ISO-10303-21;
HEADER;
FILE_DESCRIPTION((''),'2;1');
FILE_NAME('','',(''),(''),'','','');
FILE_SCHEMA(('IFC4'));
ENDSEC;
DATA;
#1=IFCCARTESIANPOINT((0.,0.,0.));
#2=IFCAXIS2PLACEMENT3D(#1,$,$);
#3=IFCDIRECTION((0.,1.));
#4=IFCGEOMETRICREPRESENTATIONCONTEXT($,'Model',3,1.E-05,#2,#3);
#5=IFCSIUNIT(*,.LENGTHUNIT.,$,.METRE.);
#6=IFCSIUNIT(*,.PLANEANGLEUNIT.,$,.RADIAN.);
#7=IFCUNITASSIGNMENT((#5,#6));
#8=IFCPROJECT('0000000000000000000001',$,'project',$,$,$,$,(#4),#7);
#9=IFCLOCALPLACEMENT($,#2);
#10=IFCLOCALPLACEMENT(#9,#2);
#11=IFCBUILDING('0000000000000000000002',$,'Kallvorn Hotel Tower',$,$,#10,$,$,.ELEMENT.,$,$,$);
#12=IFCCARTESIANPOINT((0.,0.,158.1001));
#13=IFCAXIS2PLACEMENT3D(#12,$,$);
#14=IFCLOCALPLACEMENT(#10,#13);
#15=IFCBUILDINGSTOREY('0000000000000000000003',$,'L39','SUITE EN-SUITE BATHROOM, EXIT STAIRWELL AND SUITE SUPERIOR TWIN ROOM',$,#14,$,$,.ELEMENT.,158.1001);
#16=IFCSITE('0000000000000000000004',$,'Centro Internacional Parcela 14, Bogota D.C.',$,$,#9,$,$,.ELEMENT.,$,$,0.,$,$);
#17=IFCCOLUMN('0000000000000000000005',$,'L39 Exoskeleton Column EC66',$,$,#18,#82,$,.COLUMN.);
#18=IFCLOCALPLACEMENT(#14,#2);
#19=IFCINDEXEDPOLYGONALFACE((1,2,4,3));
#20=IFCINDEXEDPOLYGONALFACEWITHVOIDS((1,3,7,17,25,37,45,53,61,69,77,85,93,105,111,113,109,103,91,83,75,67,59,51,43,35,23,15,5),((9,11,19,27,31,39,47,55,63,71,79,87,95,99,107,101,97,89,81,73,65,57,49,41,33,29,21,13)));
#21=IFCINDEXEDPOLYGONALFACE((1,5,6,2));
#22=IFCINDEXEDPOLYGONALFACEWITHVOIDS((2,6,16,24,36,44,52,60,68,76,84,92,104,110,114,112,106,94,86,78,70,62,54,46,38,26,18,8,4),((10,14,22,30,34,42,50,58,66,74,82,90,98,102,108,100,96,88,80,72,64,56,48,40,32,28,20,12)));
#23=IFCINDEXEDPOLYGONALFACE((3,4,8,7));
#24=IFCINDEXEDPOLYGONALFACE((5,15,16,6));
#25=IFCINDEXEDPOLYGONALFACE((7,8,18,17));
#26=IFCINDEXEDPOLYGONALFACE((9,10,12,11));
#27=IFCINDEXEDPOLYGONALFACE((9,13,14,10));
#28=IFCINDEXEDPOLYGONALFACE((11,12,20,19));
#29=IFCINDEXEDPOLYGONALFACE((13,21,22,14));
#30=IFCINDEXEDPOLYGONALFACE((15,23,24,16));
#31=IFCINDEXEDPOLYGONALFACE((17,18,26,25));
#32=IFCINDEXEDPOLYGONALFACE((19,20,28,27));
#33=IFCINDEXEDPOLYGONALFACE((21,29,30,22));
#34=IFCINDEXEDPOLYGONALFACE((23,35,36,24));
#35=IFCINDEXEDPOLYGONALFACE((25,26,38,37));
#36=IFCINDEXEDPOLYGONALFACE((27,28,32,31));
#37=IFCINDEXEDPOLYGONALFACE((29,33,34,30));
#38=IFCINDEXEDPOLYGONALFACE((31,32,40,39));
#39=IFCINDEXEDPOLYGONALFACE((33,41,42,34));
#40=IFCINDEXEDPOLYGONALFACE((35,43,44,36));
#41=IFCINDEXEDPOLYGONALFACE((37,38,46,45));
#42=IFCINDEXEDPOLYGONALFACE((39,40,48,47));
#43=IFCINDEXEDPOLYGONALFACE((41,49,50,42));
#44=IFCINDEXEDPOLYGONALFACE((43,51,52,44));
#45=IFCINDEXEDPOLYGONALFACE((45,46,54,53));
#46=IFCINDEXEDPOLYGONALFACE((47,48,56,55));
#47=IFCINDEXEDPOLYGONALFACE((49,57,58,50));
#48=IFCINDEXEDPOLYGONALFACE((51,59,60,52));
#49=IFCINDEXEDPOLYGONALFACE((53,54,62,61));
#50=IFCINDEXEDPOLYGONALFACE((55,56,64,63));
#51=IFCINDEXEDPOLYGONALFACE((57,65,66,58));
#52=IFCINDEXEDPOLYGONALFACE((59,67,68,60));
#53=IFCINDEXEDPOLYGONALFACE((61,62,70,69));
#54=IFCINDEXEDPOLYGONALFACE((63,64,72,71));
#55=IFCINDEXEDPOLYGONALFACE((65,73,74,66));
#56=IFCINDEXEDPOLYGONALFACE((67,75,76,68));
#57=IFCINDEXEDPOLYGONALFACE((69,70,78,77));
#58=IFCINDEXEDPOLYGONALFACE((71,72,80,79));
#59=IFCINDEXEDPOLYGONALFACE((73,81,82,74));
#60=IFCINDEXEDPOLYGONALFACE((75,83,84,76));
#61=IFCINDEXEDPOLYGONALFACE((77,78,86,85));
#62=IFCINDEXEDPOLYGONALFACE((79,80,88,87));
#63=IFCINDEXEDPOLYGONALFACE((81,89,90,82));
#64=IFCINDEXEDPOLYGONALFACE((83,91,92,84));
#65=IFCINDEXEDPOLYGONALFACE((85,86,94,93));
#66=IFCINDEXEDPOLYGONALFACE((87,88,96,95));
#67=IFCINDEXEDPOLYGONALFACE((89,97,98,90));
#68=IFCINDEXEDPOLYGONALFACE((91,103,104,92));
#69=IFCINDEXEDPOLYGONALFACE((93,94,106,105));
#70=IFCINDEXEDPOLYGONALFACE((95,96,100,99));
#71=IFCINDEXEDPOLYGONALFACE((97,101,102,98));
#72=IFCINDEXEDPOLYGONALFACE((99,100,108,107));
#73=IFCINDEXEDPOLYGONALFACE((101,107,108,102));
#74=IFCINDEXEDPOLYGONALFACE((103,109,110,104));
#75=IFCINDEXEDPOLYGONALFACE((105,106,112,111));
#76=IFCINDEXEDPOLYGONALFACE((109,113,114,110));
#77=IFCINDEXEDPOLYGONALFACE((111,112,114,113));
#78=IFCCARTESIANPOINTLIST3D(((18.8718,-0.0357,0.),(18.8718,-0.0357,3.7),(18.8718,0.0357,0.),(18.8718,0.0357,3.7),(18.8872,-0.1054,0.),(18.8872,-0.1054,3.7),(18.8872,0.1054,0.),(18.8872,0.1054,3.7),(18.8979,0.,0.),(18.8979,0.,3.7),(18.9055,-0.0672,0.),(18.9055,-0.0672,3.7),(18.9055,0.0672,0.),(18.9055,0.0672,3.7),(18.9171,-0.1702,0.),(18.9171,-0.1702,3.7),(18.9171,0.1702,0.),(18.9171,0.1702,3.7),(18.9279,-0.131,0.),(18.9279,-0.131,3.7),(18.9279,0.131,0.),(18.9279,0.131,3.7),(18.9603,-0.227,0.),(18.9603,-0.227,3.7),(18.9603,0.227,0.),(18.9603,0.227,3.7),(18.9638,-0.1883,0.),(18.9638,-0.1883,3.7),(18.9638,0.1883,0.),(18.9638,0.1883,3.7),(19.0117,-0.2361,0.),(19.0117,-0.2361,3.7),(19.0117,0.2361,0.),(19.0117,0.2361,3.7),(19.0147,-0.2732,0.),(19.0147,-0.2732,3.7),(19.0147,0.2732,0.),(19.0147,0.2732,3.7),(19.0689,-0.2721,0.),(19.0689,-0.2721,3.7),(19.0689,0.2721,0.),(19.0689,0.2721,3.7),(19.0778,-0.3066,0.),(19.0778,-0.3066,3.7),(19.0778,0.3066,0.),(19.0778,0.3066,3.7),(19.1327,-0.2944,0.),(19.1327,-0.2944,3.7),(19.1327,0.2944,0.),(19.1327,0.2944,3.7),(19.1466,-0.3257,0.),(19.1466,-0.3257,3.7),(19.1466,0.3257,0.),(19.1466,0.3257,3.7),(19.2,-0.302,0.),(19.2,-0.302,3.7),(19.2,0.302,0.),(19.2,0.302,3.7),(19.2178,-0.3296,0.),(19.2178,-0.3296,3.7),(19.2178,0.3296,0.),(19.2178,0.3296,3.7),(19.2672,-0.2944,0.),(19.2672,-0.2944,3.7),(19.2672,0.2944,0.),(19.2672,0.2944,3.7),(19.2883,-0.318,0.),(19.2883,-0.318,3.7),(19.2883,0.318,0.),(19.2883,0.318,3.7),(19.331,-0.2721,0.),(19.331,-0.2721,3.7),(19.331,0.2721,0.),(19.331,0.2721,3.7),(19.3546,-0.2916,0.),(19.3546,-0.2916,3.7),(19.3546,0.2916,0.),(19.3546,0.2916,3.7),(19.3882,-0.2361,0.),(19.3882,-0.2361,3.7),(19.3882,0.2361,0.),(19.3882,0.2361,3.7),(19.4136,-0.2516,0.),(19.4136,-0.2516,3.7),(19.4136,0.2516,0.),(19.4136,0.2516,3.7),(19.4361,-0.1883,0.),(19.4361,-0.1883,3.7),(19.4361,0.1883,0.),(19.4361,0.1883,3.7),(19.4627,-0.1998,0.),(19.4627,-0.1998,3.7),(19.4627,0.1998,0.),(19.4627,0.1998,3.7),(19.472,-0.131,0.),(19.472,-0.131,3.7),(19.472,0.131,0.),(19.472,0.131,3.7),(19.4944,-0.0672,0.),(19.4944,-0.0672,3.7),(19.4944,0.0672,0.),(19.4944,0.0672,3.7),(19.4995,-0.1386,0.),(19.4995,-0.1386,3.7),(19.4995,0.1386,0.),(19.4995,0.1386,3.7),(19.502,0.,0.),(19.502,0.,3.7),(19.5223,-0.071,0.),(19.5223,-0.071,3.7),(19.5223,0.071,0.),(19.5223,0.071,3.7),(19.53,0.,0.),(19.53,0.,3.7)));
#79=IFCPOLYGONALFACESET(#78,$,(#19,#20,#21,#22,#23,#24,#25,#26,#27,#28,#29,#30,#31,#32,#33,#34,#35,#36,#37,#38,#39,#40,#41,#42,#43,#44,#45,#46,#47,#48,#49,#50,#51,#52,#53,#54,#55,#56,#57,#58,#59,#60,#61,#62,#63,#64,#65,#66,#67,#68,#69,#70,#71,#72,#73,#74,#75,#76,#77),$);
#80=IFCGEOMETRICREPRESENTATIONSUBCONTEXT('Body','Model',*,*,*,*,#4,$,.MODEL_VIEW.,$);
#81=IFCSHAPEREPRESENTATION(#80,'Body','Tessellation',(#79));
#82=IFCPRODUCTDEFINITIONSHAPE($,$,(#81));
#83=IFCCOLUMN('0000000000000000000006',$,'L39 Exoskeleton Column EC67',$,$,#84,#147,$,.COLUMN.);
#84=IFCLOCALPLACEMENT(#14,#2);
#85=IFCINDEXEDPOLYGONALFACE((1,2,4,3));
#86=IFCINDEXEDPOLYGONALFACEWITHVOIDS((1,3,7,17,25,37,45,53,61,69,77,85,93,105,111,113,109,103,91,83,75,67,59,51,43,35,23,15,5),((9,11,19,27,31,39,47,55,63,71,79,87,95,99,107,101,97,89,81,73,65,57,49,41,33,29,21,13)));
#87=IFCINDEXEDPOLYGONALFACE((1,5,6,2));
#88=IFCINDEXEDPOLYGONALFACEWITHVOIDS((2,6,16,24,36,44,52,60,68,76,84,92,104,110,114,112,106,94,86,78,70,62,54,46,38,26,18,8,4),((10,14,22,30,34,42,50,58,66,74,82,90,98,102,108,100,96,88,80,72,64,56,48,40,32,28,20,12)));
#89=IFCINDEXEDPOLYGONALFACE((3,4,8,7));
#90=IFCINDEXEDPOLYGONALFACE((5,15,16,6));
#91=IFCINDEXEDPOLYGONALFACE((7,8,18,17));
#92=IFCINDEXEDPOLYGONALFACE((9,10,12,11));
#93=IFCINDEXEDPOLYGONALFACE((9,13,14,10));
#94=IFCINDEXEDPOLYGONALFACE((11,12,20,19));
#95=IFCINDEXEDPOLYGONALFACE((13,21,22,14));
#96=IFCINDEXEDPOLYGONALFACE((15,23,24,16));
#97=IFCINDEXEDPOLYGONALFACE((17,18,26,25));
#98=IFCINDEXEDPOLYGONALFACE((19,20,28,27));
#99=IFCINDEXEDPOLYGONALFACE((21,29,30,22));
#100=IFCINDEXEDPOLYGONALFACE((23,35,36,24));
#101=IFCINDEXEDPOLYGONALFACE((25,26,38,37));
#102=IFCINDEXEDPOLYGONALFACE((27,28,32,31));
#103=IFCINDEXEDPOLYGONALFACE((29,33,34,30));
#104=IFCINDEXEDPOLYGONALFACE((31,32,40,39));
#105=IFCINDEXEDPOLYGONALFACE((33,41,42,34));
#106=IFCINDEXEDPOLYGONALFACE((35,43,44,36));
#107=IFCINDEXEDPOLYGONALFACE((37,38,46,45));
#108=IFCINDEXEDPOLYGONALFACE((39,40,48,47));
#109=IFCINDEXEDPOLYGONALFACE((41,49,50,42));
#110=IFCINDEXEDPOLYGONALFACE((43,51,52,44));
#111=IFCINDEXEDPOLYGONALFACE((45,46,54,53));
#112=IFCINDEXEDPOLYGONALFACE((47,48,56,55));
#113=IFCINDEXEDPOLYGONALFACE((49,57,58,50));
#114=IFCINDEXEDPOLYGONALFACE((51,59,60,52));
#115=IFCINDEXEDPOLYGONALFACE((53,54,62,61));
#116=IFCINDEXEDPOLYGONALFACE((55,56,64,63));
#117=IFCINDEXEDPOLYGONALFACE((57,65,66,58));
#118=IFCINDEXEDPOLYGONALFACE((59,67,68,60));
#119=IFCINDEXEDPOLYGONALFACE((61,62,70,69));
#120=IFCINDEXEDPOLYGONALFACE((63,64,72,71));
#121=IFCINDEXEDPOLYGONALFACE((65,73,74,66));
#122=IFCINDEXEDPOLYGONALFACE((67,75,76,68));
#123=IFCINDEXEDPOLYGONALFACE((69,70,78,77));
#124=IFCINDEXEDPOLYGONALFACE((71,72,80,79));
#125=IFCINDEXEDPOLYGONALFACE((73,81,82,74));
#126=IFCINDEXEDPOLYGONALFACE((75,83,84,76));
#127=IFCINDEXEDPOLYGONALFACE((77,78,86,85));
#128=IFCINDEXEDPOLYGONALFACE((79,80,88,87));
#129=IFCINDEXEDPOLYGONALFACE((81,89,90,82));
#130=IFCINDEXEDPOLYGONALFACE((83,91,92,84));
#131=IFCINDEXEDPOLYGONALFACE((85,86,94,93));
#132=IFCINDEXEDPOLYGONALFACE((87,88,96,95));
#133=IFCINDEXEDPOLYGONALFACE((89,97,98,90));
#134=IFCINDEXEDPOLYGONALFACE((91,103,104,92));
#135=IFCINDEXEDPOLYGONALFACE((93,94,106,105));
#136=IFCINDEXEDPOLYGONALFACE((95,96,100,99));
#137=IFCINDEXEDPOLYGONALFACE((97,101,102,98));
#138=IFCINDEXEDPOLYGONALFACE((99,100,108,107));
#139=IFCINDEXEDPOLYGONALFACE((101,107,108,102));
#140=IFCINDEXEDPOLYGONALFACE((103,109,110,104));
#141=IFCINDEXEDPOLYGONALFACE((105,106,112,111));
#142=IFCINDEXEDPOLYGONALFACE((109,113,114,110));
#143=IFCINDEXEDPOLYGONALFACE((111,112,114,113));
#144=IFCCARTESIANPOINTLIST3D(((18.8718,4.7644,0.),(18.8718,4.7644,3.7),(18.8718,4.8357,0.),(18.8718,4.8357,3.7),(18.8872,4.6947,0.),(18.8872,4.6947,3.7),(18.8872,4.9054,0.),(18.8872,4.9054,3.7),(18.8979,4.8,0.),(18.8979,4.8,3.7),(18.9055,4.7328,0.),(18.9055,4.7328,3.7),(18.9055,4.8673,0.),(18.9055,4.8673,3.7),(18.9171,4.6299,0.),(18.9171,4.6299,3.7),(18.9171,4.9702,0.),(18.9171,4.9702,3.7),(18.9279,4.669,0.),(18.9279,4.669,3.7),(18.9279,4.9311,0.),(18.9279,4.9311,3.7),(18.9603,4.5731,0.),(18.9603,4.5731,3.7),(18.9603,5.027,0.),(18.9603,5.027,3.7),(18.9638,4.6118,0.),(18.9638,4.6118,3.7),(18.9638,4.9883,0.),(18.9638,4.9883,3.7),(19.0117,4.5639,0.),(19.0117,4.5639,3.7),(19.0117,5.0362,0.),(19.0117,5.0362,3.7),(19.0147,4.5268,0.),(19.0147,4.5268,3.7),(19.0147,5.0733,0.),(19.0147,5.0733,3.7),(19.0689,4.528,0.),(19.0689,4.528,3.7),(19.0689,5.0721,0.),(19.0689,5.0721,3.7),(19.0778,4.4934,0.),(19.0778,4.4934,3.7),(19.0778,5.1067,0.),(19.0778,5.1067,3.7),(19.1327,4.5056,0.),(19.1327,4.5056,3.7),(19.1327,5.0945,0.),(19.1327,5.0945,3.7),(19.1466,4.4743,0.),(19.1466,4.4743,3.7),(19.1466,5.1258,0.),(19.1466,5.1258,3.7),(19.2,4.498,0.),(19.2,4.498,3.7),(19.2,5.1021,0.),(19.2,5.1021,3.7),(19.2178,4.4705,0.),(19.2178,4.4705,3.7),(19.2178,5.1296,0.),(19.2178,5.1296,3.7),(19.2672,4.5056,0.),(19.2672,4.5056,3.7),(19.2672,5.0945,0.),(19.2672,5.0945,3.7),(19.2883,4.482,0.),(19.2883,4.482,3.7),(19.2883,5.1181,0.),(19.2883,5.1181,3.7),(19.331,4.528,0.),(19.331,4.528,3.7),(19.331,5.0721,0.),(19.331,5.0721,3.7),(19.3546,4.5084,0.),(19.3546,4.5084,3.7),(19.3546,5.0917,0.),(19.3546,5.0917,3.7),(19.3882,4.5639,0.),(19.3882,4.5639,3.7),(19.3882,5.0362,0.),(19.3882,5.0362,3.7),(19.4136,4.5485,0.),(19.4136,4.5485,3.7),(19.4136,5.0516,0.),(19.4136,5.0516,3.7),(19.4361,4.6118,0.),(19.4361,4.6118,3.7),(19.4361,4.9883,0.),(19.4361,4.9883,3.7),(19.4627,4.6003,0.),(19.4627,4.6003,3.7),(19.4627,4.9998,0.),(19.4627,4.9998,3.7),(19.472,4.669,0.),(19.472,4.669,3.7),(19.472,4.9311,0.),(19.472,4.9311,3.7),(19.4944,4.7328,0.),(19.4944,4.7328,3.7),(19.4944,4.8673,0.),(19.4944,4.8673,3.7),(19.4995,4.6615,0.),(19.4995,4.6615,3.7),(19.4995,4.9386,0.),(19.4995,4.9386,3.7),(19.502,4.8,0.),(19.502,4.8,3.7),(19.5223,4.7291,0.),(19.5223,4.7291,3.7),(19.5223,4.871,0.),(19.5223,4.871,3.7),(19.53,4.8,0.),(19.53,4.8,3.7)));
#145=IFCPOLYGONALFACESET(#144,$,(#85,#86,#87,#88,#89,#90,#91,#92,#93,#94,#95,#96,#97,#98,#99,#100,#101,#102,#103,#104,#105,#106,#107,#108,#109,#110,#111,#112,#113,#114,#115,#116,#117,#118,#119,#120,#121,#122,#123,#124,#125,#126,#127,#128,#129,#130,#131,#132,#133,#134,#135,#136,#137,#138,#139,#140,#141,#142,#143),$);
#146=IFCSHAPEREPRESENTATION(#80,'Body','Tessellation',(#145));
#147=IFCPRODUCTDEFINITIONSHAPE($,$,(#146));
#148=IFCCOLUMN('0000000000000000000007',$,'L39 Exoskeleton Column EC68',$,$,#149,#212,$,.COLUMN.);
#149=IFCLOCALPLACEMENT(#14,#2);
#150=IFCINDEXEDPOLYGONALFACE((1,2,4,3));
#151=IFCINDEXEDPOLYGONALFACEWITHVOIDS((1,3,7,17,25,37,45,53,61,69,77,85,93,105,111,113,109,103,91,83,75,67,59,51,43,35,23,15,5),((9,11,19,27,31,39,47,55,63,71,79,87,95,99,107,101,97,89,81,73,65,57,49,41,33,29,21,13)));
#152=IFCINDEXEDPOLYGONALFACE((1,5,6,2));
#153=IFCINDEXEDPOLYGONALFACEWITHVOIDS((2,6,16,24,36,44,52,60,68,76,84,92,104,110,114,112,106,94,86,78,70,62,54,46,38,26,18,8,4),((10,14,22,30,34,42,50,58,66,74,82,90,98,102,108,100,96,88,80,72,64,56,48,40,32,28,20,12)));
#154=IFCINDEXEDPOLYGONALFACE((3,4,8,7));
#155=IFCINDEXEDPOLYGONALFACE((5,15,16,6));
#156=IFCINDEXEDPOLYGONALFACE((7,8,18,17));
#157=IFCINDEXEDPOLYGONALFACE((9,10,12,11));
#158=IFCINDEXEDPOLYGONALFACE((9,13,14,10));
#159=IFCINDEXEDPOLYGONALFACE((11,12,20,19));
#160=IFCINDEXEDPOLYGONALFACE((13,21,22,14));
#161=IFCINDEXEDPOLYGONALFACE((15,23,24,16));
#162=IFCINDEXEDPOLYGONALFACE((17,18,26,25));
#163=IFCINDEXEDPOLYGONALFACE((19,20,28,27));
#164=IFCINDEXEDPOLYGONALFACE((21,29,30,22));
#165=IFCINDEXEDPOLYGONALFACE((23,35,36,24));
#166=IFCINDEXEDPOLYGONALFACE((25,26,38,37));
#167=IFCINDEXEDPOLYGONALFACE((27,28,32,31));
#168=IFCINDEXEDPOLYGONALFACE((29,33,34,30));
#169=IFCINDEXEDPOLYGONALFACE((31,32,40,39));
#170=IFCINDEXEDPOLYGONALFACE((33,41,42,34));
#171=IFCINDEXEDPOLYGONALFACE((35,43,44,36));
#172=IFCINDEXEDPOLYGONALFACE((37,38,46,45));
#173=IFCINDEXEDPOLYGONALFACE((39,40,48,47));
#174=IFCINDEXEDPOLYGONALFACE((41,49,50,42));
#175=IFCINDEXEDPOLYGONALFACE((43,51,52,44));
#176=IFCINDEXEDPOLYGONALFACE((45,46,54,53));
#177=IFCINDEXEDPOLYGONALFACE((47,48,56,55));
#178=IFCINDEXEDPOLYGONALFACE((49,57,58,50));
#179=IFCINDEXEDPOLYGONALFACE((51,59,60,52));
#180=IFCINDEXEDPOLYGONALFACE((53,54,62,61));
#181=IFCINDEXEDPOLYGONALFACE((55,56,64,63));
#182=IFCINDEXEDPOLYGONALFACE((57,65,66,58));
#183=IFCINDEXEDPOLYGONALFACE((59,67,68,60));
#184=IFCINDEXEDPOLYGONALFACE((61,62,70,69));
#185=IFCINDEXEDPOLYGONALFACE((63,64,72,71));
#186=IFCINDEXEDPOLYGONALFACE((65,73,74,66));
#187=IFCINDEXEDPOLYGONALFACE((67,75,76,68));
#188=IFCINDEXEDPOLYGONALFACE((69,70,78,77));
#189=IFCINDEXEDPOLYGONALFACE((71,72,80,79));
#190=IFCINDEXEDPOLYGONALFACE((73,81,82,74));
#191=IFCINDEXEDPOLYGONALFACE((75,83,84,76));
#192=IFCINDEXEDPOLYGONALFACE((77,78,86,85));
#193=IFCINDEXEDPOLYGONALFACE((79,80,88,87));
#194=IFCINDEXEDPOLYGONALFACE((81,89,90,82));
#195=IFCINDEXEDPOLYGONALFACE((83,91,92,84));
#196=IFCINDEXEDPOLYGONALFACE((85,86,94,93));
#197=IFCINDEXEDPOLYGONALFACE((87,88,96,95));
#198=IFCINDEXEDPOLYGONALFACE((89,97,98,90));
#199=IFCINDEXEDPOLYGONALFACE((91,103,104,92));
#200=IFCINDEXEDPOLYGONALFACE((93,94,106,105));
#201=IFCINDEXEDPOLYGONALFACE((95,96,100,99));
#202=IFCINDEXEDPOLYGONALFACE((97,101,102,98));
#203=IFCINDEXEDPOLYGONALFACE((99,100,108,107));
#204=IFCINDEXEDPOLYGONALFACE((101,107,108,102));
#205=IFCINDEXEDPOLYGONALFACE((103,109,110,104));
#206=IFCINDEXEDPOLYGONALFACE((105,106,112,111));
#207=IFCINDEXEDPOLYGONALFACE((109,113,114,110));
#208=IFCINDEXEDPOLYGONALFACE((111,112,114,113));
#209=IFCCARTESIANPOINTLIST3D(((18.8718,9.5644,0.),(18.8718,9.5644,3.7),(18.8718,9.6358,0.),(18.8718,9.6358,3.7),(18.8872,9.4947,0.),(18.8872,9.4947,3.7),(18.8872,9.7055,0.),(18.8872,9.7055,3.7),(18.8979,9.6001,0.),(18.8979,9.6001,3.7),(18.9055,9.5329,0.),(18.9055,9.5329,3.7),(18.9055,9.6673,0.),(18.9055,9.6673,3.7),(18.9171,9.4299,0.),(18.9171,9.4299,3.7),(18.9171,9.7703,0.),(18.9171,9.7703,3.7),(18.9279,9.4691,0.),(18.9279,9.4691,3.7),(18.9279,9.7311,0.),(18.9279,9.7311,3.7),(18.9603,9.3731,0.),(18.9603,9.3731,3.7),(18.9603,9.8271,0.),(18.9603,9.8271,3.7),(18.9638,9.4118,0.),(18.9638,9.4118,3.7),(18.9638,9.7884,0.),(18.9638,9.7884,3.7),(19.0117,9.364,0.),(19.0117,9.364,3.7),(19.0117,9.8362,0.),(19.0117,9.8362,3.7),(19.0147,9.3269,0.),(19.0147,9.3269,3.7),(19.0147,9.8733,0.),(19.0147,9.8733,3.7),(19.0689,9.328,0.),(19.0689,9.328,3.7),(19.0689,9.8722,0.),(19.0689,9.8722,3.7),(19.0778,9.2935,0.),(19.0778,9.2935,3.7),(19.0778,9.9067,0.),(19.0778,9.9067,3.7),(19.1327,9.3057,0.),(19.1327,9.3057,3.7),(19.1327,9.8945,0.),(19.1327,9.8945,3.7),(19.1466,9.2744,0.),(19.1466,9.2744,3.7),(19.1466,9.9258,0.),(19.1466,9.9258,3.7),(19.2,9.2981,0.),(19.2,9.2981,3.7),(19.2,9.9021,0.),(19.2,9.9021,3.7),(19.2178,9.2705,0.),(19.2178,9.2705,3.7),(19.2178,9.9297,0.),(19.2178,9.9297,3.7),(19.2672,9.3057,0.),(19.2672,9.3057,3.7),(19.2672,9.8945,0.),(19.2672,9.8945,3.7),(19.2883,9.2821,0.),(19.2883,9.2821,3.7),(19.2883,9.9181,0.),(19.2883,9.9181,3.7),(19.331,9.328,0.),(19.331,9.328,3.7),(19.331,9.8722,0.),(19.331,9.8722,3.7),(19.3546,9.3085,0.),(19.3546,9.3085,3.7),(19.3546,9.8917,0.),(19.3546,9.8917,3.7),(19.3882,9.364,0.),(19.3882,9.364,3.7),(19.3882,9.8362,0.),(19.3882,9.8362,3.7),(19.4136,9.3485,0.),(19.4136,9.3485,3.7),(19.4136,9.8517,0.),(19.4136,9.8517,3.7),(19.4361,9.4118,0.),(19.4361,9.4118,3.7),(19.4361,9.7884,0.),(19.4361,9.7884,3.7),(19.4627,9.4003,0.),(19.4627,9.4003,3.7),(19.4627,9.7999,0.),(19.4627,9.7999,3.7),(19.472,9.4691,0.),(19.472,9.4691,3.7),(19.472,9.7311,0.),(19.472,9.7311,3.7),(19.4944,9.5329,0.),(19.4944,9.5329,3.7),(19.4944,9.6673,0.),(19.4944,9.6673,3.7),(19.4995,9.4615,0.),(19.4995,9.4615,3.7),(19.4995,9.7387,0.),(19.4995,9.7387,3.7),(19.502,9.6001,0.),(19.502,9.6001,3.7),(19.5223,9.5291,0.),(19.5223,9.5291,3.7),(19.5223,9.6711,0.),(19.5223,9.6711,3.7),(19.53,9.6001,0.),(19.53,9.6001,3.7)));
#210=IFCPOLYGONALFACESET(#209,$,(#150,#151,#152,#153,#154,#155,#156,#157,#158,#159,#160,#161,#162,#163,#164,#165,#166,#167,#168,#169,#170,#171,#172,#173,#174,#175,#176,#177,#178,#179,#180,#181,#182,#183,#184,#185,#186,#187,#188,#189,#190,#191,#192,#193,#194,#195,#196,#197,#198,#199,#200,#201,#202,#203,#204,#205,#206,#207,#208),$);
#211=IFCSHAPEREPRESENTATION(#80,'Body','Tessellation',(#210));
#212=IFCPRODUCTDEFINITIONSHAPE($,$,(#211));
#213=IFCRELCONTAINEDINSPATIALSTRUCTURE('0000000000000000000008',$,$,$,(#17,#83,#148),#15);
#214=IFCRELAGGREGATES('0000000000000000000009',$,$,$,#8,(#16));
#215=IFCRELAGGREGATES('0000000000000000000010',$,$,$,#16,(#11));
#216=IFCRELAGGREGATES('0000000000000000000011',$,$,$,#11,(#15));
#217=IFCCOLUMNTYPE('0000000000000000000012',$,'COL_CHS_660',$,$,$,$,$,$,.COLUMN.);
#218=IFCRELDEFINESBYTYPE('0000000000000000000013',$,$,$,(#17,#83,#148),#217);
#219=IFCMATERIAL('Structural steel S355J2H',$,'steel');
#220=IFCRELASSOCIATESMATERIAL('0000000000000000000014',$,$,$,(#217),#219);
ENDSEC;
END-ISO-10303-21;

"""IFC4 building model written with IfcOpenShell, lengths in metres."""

from ifc_helpers import new_model, si_unit, direction, frame, origin, origin_2d, place, context, subcontext, project, spatial, hollow_circle, extrude, material, material_profile, profile_set, type_object, element, save


model = new_model("IFC4")

# Units and contexts
model_context = context("Model", 3, precision=1e-05, world=origin(), true_north=direction((0.0, 1.0)))
body_context = subcontext(model_context, "Body", "Model", "MODEL_VIEW")
ifc_project = project(units=[si_unit("LENGTHUNIT", "METRE"), si_unit("PLANEANGLEUNIT", "RADIAN")], contexts=[model_context])

# Site, building, storey
site_placement = place(None, origin())
site = spatial("IfcSite", under=ifc_project, at=site_placement, Name="Centro Internacional Parcela 14, Bogota D.C.", CompositionType="ELEMENT", RefElevation=0.0)
building_placement = place(site_placement, origin())
building = spatial("IfcBuilding", under=site, at=building_placement, Name="Kallvorn Hotel Tower", CompositionType="ELEMENT")
storey_placement = place(building_placement, frame((0.0, 0.0, 158.1001)))
storey = spatial("IfcBuildingStorey", under=building, at=storey_placement, Name="L39", Description="SUITE EN-SUITE BATHROOM, EXIT STAIRWELL AND SUITE SUPERIOR TWIN ROOM", CompositionType="ELEMENT", Elevation=158.1001)

# Columns
ifc_material_1 = material(Name="Structural steel S355J2H", Category="steel")
ifc_material_profile_1 = material_profile(ifc_material_1, hollow_circle(Radius=0.3301, WallThickness=0.0281, at=origin_2d()), Name="CHS 660x28")
ifc_profile_set_1 = profile_set([ifc_material_profile_1], Name="Structural steel S355J2H")
column_type_1 = type_object("IfcColumnType", Name="COL_CHS_660", PredefinedType="COLUMN", material=ifc_profile_set_1)
for number, where, z_axis, x_axis, name in (
    (1, (19.2, 0.0, 0.0), (0.0, 0.0, 1.0), (1.0, 0.0, 0.0), "L39 Exoskeleton Column EC66"),
    (2, (19.2, 4.8, 0.0), (0.0, 0.0, 1.0), (1.0, 0.0, 0.0), "L39 Exoskeleton Column EC67"),
    (3, (19.2, 9.6001, 0.0), (0.0, 0.0, 1.0), (1.0, 0.0, 0.0), "L39 Exoskeleton Column EC68"),
):
    element("IfcColumn", number, at=place(storey_placement, frame(where, z_axis=z_axis, x_axis=x_axis)), inside=storey, type_object=column_type_1, Name=name, PredefinedType="COLUMN", context=body_context, shape_type="SweptSolid", body=[
        extrude(hollow_circle(Radius=0.3301, WallThickness=0.0281, at=origin_2d()), origin(), (0.0, 0.0, 1.0), 3.7),
    ])

save(model, "model.ifc")
